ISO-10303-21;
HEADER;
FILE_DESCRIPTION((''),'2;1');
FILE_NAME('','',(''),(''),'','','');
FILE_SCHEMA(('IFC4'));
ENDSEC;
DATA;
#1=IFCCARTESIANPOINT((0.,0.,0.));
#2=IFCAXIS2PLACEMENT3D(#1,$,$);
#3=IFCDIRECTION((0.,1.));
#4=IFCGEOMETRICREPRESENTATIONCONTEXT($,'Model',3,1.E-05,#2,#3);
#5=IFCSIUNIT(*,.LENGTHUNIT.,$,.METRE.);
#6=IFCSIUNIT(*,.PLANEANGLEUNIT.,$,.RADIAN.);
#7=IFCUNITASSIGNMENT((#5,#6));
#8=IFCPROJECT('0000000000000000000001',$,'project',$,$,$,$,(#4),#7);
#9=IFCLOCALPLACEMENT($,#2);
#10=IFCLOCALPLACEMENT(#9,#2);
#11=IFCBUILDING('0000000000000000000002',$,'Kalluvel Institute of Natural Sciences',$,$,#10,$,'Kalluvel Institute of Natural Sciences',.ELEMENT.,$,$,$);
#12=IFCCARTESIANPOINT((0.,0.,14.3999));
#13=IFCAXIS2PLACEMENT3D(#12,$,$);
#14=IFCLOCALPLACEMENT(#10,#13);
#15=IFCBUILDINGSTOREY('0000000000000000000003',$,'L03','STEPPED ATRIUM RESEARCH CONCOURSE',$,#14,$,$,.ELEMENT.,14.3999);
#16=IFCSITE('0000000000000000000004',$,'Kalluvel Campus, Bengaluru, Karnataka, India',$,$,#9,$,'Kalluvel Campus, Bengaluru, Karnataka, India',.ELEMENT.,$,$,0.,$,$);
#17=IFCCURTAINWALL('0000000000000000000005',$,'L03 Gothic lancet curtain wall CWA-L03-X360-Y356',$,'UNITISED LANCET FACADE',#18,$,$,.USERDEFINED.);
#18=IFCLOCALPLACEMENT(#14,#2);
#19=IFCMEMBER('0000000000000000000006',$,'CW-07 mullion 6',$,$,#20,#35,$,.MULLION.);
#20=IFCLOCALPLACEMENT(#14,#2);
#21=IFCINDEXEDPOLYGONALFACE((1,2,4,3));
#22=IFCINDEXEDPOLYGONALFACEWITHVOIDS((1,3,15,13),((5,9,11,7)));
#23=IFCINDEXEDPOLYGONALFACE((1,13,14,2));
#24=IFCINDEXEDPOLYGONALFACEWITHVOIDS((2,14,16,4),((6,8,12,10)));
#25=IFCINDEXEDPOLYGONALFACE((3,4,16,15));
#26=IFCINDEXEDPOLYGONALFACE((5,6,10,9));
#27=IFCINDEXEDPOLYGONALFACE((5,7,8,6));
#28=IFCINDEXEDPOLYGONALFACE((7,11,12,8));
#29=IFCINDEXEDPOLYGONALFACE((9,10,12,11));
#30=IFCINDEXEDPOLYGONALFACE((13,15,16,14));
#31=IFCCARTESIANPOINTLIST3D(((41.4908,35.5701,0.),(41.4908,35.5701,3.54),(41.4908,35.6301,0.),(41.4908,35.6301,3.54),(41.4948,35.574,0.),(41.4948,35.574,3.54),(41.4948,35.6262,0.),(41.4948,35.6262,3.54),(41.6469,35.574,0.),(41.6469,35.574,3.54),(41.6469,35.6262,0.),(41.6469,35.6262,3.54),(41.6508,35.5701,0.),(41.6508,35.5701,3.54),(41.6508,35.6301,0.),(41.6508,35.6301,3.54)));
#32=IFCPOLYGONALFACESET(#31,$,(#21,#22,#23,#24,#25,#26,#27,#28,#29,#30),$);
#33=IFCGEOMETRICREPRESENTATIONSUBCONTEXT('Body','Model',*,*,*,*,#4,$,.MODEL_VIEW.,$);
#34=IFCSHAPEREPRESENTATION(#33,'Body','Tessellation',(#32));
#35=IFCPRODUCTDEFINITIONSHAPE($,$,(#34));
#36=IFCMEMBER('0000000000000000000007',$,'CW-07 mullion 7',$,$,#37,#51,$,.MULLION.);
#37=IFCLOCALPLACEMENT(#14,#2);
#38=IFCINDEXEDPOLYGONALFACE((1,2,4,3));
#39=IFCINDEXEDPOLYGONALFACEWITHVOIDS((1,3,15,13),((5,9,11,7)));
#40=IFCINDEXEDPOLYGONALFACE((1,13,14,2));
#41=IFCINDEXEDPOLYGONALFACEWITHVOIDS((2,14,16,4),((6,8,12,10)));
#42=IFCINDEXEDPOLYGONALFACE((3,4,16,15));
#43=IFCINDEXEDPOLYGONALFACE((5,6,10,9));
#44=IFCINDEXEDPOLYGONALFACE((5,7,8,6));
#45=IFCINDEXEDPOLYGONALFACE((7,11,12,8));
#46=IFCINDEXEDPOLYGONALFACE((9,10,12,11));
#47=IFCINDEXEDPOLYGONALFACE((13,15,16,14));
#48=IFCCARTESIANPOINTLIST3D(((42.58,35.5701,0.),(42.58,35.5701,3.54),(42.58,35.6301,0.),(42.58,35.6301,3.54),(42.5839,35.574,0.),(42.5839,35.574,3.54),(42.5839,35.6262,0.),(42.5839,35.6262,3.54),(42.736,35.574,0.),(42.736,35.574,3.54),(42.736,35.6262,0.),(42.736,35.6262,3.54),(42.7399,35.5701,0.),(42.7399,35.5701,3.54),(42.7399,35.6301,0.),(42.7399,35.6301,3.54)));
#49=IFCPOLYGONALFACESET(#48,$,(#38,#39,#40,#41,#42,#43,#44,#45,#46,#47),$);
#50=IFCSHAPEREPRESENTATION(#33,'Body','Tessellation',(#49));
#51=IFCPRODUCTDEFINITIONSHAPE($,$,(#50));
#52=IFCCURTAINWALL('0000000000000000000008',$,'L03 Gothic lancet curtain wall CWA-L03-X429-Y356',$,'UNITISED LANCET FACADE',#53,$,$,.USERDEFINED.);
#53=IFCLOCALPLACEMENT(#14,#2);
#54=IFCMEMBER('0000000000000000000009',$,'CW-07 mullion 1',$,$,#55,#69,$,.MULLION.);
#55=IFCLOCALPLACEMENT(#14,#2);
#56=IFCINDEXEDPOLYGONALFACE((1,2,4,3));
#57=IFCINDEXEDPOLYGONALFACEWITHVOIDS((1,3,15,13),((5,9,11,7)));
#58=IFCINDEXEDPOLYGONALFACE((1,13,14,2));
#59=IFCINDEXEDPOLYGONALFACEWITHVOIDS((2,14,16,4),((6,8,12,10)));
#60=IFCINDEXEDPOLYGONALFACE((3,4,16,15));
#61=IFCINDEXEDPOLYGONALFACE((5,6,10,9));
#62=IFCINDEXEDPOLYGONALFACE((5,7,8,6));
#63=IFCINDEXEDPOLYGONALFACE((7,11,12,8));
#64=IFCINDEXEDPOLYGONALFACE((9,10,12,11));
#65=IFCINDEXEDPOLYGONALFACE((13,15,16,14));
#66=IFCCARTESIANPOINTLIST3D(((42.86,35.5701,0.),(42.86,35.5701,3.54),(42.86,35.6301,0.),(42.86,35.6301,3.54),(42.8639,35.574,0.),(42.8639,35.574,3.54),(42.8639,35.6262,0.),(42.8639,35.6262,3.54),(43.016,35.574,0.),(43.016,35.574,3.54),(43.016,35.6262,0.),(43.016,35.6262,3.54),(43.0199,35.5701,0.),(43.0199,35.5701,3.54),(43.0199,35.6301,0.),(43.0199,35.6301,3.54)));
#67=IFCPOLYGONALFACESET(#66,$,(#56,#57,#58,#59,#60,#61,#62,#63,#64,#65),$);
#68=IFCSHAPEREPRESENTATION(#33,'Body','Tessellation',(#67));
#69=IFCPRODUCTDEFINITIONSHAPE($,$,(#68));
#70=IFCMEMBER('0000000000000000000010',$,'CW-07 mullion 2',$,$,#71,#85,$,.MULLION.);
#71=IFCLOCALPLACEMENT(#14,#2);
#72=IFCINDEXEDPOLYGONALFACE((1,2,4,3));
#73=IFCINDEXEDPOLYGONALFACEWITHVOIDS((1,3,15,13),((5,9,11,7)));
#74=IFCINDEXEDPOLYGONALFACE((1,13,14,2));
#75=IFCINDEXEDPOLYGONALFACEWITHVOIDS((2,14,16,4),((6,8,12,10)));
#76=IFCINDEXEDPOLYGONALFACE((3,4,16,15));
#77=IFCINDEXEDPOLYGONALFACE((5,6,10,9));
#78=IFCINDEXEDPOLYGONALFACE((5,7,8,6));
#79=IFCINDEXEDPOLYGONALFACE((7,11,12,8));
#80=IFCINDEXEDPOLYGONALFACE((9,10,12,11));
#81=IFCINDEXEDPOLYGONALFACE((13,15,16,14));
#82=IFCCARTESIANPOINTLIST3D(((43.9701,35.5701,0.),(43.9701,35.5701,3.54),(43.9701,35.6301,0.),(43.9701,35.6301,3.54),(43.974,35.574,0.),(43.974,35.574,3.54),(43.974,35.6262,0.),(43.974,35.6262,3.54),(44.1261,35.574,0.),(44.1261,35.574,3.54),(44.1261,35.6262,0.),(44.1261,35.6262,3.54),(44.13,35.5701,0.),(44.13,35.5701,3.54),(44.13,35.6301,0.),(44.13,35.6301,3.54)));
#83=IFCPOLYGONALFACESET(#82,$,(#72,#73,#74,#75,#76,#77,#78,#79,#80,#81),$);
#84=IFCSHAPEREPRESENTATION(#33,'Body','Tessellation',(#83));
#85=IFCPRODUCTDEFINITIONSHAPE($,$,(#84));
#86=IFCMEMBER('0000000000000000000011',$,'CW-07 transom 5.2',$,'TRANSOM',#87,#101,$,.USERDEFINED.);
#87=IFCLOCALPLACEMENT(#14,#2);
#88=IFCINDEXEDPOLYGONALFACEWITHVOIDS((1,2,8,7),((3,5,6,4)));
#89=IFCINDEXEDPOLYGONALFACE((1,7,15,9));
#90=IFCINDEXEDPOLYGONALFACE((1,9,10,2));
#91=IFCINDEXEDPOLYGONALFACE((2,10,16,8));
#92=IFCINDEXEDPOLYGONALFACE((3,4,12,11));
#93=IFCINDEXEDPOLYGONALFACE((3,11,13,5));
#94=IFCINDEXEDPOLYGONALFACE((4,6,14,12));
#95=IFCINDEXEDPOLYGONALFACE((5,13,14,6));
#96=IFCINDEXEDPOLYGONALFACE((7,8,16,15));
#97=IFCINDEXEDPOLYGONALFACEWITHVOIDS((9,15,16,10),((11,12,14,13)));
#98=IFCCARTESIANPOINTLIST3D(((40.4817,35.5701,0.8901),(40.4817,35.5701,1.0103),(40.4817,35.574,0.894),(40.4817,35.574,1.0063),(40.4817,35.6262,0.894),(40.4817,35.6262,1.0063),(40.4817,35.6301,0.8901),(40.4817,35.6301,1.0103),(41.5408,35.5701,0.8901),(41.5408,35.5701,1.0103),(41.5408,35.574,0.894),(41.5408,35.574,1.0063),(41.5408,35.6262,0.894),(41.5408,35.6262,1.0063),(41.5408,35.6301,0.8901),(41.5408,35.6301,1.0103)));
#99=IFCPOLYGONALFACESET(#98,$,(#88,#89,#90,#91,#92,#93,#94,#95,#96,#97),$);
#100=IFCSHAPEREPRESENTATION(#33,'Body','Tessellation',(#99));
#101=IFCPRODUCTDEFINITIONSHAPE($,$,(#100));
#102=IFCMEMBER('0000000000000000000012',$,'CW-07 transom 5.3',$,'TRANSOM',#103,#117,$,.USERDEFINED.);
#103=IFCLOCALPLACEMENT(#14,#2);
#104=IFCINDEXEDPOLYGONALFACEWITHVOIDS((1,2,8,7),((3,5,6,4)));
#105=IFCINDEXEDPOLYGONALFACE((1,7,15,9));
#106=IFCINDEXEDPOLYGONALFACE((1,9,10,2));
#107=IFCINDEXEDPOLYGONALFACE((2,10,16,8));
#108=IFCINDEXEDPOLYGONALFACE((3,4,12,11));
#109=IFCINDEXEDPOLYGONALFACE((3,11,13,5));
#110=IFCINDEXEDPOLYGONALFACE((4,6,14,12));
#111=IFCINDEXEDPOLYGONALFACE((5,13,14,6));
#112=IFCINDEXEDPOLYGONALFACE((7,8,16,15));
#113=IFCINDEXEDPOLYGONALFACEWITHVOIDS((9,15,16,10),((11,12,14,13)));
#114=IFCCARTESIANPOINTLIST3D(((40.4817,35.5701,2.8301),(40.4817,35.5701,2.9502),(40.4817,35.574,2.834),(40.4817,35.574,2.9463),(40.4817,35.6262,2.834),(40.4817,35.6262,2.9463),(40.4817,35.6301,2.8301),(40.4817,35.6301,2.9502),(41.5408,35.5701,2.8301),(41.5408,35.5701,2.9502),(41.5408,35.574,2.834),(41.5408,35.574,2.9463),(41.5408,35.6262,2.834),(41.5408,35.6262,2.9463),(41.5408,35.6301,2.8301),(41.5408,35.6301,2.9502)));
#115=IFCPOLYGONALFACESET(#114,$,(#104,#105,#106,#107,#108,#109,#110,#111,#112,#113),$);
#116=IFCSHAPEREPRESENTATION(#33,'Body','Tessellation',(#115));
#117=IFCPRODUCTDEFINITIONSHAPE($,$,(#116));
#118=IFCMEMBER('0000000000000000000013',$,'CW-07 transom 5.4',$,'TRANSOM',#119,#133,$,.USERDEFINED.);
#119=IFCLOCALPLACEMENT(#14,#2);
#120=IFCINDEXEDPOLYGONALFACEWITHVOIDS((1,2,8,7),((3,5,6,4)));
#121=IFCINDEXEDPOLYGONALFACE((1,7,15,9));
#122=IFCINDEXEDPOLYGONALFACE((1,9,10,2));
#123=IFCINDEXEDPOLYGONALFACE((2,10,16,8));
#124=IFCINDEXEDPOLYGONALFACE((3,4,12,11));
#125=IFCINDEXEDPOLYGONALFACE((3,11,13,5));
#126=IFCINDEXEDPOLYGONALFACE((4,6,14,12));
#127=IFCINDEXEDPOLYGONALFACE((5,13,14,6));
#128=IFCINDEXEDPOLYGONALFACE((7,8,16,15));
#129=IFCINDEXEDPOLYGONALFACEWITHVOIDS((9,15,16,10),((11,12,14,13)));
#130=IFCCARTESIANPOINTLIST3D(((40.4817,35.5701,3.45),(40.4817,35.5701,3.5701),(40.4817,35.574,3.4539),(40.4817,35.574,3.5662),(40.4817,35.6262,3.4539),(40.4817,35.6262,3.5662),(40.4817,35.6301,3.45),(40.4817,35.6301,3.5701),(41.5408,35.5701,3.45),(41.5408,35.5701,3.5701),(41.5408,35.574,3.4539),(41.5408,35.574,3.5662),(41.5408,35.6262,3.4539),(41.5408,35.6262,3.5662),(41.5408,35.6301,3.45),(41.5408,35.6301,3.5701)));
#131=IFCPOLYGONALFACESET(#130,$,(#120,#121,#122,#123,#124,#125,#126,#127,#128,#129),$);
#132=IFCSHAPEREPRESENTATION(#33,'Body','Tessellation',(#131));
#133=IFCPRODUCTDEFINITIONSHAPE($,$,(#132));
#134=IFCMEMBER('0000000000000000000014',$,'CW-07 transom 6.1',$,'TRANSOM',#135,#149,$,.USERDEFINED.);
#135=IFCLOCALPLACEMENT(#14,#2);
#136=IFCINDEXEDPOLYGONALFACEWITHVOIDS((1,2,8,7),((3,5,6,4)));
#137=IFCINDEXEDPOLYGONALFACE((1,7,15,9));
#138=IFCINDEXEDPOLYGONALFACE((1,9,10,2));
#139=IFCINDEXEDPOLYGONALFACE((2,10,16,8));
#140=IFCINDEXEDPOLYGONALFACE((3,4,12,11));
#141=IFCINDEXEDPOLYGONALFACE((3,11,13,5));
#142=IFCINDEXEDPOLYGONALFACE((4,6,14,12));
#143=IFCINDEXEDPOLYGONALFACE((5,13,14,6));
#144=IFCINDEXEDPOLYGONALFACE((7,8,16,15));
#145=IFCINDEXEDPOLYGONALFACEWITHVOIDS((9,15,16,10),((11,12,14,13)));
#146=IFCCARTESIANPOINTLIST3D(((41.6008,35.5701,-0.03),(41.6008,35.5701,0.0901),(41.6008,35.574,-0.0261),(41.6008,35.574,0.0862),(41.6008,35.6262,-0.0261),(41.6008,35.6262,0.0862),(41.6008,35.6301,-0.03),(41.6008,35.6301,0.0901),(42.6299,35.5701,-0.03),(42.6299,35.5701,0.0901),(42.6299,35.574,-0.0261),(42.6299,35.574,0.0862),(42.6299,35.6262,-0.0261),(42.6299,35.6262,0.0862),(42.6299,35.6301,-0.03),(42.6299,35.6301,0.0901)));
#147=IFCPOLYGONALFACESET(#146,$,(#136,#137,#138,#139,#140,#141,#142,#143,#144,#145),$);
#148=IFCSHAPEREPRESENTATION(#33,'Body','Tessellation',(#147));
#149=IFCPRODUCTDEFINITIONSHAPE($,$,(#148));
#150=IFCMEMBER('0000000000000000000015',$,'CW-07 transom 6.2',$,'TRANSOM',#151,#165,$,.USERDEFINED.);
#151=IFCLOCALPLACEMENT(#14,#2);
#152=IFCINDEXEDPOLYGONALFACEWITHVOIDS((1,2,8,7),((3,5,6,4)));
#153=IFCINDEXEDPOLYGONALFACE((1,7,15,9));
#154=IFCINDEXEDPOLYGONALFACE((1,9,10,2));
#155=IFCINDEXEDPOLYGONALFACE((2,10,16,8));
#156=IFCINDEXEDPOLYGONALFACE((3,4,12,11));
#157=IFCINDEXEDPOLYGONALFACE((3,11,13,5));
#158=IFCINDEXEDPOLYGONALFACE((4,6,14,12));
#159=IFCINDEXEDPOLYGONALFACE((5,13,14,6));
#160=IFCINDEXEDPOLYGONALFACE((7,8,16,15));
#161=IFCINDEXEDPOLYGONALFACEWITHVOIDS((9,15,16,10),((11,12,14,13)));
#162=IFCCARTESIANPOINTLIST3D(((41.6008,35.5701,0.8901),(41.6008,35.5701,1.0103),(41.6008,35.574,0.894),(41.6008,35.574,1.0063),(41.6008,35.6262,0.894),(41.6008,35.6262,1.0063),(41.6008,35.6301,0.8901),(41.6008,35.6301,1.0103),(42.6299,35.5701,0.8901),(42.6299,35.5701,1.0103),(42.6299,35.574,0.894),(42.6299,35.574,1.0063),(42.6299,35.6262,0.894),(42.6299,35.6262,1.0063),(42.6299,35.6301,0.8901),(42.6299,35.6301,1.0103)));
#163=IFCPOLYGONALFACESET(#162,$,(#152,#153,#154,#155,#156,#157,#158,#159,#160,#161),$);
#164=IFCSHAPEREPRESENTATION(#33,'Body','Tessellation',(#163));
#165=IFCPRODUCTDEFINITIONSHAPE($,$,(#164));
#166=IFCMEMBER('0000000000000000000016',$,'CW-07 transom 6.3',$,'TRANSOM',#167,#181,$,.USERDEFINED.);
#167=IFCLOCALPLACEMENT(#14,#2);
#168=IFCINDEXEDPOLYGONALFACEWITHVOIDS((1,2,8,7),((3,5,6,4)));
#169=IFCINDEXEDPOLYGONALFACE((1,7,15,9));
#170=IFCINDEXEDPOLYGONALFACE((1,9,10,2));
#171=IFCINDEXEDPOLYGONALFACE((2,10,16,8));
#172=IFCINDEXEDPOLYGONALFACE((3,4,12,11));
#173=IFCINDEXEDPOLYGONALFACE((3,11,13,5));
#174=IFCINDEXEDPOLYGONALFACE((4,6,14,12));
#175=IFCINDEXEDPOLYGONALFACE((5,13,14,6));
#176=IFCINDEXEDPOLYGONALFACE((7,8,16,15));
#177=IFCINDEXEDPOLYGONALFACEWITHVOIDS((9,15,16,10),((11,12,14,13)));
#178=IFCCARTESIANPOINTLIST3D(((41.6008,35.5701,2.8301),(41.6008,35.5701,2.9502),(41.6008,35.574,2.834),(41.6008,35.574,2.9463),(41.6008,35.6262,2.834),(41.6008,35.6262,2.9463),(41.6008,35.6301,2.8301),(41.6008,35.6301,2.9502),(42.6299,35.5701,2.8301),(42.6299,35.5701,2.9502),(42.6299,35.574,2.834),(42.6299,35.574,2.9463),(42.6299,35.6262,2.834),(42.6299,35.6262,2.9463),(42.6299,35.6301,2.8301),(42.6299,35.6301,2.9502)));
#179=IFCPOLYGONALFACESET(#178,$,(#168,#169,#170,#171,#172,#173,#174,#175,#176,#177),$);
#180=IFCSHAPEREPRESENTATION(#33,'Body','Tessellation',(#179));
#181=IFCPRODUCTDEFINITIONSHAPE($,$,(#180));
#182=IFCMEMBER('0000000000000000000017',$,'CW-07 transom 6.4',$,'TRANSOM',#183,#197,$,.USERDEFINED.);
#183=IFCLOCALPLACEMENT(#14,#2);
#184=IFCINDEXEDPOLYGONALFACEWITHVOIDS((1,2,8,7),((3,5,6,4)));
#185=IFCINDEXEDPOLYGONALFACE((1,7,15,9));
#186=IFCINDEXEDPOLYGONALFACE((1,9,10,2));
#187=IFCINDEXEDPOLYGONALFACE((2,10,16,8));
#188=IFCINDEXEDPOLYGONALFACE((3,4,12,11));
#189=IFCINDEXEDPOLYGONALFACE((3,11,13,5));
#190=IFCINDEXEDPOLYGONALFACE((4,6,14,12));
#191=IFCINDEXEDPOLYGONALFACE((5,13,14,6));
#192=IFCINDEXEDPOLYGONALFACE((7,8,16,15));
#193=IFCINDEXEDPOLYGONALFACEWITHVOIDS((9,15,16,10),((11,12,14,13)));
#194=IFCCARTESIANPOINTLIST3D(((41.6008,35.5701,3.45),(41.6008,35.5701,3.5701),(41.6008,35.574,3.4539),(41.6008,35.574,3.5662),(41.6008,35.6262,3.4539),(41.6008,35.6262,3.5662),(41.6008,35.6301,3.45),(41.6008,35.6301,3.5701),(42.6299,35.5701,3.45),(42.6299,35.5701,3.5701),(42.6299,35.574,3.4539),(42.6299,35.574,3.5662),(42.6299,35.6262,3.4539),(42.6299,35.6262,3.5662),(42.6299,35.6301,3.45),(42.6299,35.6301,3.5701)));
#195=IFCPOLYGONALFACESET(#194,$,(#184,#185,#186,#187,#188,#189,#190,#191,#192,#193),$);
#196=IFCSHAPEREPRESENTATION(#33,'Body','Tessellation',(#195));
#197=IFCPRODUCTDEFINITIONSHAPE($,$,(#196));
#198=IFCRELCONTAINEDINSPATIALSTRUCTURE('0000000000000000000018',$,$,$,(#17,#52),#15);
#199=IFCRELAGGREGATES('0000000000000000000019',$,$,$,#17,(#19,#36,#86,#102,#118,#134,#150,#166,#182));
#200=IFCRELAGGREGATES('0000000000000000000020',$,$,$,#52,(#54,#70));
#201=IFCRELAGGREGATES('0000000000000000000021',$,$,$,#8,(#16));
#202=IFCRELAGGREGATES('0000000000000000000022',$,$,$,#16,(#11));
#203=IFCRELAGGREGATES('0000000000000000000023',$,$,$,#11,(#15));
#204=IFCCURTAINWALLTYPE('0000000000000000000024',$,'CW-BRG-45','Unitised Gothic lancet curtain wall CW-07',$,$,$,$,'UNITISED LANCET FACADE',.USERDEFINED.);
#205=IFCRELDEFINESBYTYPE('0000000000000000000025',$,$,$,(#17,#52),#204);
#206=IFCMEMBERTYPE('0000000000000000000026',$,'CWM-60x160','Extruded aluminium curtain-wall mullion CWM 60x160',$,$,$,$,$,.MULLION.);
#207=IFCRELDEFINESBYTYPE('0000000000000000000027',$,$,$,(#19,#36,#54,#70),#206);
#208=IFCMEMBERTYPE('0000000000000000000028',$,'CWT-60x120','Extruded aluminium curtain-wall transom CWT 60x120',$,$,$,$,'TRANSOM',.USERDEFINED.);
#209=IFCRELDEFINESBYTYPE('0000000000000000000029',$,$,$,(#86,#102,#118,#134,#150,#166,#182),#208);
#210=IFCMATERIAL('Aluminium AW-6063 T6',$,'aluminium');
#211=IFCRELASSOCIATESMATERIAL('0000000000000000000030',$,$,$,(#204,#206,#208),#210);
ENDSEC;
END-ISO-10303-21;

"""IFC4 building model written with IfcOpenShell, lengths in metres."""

from ifc_helpers import new_model, si_unit, direction, frame, origin, origin_2d, place, context, subcontext, project, spatial, hollow_rectangle, extrude, material, material_profile, profile_set, type_object, element, aggregate, save


model = new_model("IFC4")

# Units and contexts
model_context = context("Model", 3, precision=1e-05, world=origin(), true_north=direction((0.0, 1.0)))
body_context = subcontext(model_context, "Body", "Model", "MODEL_VIEW")
ifc_project = project(units=[si_unit("LENGTHUNIT", "METRE"), si_unit("PLANEANGLEUNIT", "RADIAN")], contexts=[model_context])

# Site, building, storey
site_placement = place(None, origin())
site = spatial("IfcSite", under=ifc_project, at=site_placement, Name="Kalluvel Campus, Bengaluru, Karnataka, India", LongName="Kalluvel Campus, Bengaluru, Karnataka, India", CompositionType="ELEMENT", RefElevation=0.0)
building_placement = place(site_placement, origin())
building = spatial("IfcBuilding", under=site, at=building_placement, Name="Kalluvel Institute of Natural Sciences", LongName="Kalluvel Institute of Natural Sciences", CompositionType="ELEMENT")
storey_placement = place(building_placement, frame((0.0, 0.0, 14.3999)))
storey = spatial("IfcBuildingStorey", under=building, at=storey_placement, Name="L03", Description="STEPPED ATRIUM RESEARCH CONCOURSE", CompositionType="ELEMENT", Elevation=14.3999)

# Curtain walls, members
ifc_material_1 = material(Name="Aluminium AW-6063 T6", Category="aluminium")
curtain_wall_type = type_object("IfcCurtainWallType", Name="CW-BRG-45", Description="Unitised Gothic lancet curtain wall CW-07", ElementType="UNITISED LANCET FACADE", PredefinedType="USERDEFINED", material=ifc_material_1)
curtain_wall_1_placement = place(storey_placement, origin())
curtain_wall_1 = element("IfcCurtainWall", 1, at=curtain_wall_1_placement, inside=storey, type_object=curtain_wall_type, Name="L03 Gothic lancet curtain wall CWA-L03-X360-Y356", ObjectType="UNITISED LANCET FACADE", PredefinedType="USERDEFINED")
ifc_material_profile_1 = material_profile(ifc_material_1, hollow_rectangle(XDim=0.0601, YDim=0.1599, WallThickness=0.0039, at=origin_2d()), Name="CWM 60x160")
ifc_profile_set_1 = profile_set([ifc_material_profile_1], Name="Aluminium AW-6063 T6")
member_type_1 = type_object("IfcMemberType", Name="CWM-60x160", Description="Extruded aluminium curtain-wall mullion CWM 60x160", PredefinedType="MULLION", material=ifc_profile_set_1)
member_1_placement = place(storey_placement, frame((41.5708, 35.6001, 0.0), z_axis=(0.0, 0.0, 1.0), x_axis=(0.0, 1.0, 0.0)))
member_1 = element("IfcMember", 2, at=member_1_placement, type_object=member_type_1, Name="CW-07 mullion 6", PredefinedType="MULLION", context=body_context, shape_type="SweptSolid", body=[
    extrude(hollow_rectangle(XDim=0.0601, YDim=0.1599, WallThickness=0.0039, at=origin_2d()), origin(), (0.0, 0.0, 1.0), 3.54),
])
member_2_placement = place(storey_placement, frame((42.6599, 35.6001, 0.0), z_axis=(0.0, 0.0, 1.0), x_axis=(0.0, 1.0, 0.0)))
member_2 = element("IfcMember", 3, at=member_2_placement, type_object=member_type_1, Name="CW-07 mullion 7", PredefinedType="MULLION", context=body_context, shape_type="SweptSolid", body=[
    extrude(hollow_rectangle(XDim=0.0601, YDim=0.1599, WallThickness=0.0039, at=origin_2d()), origin(), (0.0, 0.0, 1.0), 3.54),
])
curtain_wall_2_placement = place(storey_placement, origin())
curtain_wall_2 = element("IfcCurtainWall", 4, at=curtain_wall_2_placement, inside=storey, type_object=curtain_wall_type, Name="L03 Gothic lancet curtain wall CWA-L03-X429-Y356", ObjectType="UNITISED LANCET FACADE", PredefinedType="USERDEFINED")
member_3_placement = place(storey_placement, frame((42.9399, 35.6001, 0.0), z_axis=(0.0, 0.0, 1.0), x_axis=(0.0, 1.0, 0.0)))
member_3 = element("IfcMember", 5, at=member_3_placement, type_object=member_type_1, Name="CW-07 mullion 1", PredefinedType="MULLION", context=body_context, shape_type="SweptSolid", body=[
    extrude(hollow_rectangle(XDim=0.0601, YDim=0.1599, WallThickness=0.0039, at=origin_2d()), origin(), (0.0, 0.0, 1.0), 3.54),
])
member_4_placement = place(storey_placement, frame((44.05, 35.6001, 0.0), z_axis=(0.0, 0.0, 1.0), x_axis=(0.0, 1.0, 0.0)))
member_4 = element("IfcMember", 6, at=member_4_placement, type_object=member_type_1, Name="CW-07 mullion 2", PredefinedType="MULLION", context=body_context, shape_type="SweptSolid", body=[
    extrude(hollow_rectangle(XDim=0.0601, YDim=0.1599, WallThickness=0.0039, at=origin_2d()), origin(), (0.0, 0.0, 1.0), 3.54),
])

# Members
ifc_material_profile_2 = material_profile(ifc_material_1, hollow_rectangle(XDim=0.0601, YDim=0.1201, WallThickness=0.0039, at=origin_2d()), Name="CWT 60x120")
ifc_profile_set_2 = profile_set([ifc_material_profile_2], Name="Aluminium AW-6063 T6")
member_type_2 = type_object("IfcMemberType", Name="CWT-60x120", Description="Extruded aluminium curtain-wall transom CWT 60x120", ElementType="TRANSOM", PredefinedType="USERDEFINED", material=ifc_profile_set_2)
member_5_placement = place(storey_placement, frame((40.4817, 35.6001, 0.9502), z_axis=(1.0, 0.0, 0.0), x_axis=(0.0, 1.0, 0.0)))
member_5 = element("IfcMember", 7, at=member_5_placement, type_object=member_type_2, Name="CW-07 transom 5.2", ObjectType="TRANSOM", PredefinedType="USERDEFINED", context=body_context, shape_type="SweptSolid", body=[
    extrude(hollow_rectangle(XDim=0.0601, YDim=0.1201, WallThickness=0.0039, at=origin_2d()), origin(), (0.0, 0.0, 1.0), 1.0591),
])
member_6_placement = place(storey_placement, frame((40.4817, 35.6001, 2.8901), z_axis=(1.0, 0.0, 0.0), x_axis=(0.0, 1.0, 0.0)))
member_6 = element("IfcMember", 8, at=member_6_placement, type_object=member_type_2, Name="CW-07 transom 5.3", ObjectType="TRANSOM", PredefinedType="USERDEFINED", context=body_context, shape_type="SweptSolid", body=[
    extrude(hollow_rectangle(XDim=0.0601, YDim=0.1201, WallThickness=0.0039, at=origin_2d()), origin(), (0.0, 0.0, 1.0), 1.0591),
])
member_7_placement = place(storey_placement, frame((40.4817, 35.6001, 3.51), z_axis=(1.0, 0.0, 0.0), x_axis=(0.0, 1.0, 0.0)))
member_7 = element("IfcMember", 9, at=member_7_placement, type_object=member_type_2, Name="CW-07 transom 5.4", ObjectType="TRANSOM", PredefinedType="USERDEFINED", context=body_context, shape_type="SweptSolid", body=[
    extrude(hollow_rectangle(XDim=0.0601, YDim=0.1201, WallThickness=0.0039, at=origin_2d()), origin(), (0.0, 0.0, 1.0), 1.0591),
])
member_8_placement = place(storey_placement, frame((41.6008, 35.6001, 0.03), z_axis=(1.0, 0.0, 0.0), x_axis=(0.0, 1.0, 0.0)))
member_8 = element("IfcMember", 10, at=member_8_placement, type_object=member_type_2, Name="CW-07 transom 6.1", ObjectType="TRANSOM", PredefinedType="USERDEFINED", context=body_context, shape_type="SweptSolid", body=[
    extrude(hollow_rectangle(XDim=0.0601, YDim=0.1201, WallThickness=0.0039, at=origin_2d()), origin(), (0.0, 0.0, 1.0), 1.0291),
])
member_9_placement = place(storey_placement, frame((41.6008, 35.6001, 0.9502), z_axis=(1.0, 0.0, 0.0), x_axis=(0.0, 1.0, 0.0)))
member_9 = element("IfcMember", 11, at=member_9_placement, type_object=member_type_2, Name="CW-07 transom 6.2", ObjectType="TRANSOM", PredefinedType="USERDEFINED", context=body_context, shape_type="SweptSolid", body=[
    extrude(hollow_rectangle(XDim=0.0601, YDim=0.1201, WallThickness=0.0039, at=origin_2d()), origin(), (0.0, 0.0, 1.0), 1.0291),
])
member_10_placement = place(storey_placement, frame((41.6008, 35.6001, 2.8901), z_axis=(1.0, 0.0, 0.0), x_axis=(0.0, 1.0, 0.0)))
member_10 = element("IfcMember", 12, at=member_10_placement, type_object=member_type_2, Name="CW-07 transom 6.3", ObjectType="TRANSOM", PredefinedType="USERDEFINED", context=body_context, shape_type="SweptSolid", body=[
    extrude(hollow_rectangle(XDim=0.0601, YDim=0.1201, WallThickness=0.0039, at=origin_2d()), origin(), (0.0, 0.0, 1.0), 1.0291),
])
member_11_placement = place(storey_placement, frame((41.6008, 35.6001, 3.51), z_axis=(1.0, 0.0, 0.0), x_axis=(0.0, 1.0, 0.0)))
member_11 = element("IfcMember", 13, at=member_11_placement, type_object=member_type_2, Name="CW-07 transom 6.4", ObjectType="TRANSOM", PredefinedType="USERDEFINED", context=body_context, shape_type="SweptSolid", body=[
    extrude(hollow_rectangle(XDim=0.0601, YDim=0.1201, WallThickness=0.0039, at=origin_2d()), origin(), (0.0, 0.0, 1.0), 1.0291),
])

aggregate(curtain_wall_1, [member_1, member_2, member_5, member_6, member_7, member_8, member_9, member_10, member_11])
aggregate(curtain_wall_2, [member_3, member_4])

save(model, "model.ifc")
